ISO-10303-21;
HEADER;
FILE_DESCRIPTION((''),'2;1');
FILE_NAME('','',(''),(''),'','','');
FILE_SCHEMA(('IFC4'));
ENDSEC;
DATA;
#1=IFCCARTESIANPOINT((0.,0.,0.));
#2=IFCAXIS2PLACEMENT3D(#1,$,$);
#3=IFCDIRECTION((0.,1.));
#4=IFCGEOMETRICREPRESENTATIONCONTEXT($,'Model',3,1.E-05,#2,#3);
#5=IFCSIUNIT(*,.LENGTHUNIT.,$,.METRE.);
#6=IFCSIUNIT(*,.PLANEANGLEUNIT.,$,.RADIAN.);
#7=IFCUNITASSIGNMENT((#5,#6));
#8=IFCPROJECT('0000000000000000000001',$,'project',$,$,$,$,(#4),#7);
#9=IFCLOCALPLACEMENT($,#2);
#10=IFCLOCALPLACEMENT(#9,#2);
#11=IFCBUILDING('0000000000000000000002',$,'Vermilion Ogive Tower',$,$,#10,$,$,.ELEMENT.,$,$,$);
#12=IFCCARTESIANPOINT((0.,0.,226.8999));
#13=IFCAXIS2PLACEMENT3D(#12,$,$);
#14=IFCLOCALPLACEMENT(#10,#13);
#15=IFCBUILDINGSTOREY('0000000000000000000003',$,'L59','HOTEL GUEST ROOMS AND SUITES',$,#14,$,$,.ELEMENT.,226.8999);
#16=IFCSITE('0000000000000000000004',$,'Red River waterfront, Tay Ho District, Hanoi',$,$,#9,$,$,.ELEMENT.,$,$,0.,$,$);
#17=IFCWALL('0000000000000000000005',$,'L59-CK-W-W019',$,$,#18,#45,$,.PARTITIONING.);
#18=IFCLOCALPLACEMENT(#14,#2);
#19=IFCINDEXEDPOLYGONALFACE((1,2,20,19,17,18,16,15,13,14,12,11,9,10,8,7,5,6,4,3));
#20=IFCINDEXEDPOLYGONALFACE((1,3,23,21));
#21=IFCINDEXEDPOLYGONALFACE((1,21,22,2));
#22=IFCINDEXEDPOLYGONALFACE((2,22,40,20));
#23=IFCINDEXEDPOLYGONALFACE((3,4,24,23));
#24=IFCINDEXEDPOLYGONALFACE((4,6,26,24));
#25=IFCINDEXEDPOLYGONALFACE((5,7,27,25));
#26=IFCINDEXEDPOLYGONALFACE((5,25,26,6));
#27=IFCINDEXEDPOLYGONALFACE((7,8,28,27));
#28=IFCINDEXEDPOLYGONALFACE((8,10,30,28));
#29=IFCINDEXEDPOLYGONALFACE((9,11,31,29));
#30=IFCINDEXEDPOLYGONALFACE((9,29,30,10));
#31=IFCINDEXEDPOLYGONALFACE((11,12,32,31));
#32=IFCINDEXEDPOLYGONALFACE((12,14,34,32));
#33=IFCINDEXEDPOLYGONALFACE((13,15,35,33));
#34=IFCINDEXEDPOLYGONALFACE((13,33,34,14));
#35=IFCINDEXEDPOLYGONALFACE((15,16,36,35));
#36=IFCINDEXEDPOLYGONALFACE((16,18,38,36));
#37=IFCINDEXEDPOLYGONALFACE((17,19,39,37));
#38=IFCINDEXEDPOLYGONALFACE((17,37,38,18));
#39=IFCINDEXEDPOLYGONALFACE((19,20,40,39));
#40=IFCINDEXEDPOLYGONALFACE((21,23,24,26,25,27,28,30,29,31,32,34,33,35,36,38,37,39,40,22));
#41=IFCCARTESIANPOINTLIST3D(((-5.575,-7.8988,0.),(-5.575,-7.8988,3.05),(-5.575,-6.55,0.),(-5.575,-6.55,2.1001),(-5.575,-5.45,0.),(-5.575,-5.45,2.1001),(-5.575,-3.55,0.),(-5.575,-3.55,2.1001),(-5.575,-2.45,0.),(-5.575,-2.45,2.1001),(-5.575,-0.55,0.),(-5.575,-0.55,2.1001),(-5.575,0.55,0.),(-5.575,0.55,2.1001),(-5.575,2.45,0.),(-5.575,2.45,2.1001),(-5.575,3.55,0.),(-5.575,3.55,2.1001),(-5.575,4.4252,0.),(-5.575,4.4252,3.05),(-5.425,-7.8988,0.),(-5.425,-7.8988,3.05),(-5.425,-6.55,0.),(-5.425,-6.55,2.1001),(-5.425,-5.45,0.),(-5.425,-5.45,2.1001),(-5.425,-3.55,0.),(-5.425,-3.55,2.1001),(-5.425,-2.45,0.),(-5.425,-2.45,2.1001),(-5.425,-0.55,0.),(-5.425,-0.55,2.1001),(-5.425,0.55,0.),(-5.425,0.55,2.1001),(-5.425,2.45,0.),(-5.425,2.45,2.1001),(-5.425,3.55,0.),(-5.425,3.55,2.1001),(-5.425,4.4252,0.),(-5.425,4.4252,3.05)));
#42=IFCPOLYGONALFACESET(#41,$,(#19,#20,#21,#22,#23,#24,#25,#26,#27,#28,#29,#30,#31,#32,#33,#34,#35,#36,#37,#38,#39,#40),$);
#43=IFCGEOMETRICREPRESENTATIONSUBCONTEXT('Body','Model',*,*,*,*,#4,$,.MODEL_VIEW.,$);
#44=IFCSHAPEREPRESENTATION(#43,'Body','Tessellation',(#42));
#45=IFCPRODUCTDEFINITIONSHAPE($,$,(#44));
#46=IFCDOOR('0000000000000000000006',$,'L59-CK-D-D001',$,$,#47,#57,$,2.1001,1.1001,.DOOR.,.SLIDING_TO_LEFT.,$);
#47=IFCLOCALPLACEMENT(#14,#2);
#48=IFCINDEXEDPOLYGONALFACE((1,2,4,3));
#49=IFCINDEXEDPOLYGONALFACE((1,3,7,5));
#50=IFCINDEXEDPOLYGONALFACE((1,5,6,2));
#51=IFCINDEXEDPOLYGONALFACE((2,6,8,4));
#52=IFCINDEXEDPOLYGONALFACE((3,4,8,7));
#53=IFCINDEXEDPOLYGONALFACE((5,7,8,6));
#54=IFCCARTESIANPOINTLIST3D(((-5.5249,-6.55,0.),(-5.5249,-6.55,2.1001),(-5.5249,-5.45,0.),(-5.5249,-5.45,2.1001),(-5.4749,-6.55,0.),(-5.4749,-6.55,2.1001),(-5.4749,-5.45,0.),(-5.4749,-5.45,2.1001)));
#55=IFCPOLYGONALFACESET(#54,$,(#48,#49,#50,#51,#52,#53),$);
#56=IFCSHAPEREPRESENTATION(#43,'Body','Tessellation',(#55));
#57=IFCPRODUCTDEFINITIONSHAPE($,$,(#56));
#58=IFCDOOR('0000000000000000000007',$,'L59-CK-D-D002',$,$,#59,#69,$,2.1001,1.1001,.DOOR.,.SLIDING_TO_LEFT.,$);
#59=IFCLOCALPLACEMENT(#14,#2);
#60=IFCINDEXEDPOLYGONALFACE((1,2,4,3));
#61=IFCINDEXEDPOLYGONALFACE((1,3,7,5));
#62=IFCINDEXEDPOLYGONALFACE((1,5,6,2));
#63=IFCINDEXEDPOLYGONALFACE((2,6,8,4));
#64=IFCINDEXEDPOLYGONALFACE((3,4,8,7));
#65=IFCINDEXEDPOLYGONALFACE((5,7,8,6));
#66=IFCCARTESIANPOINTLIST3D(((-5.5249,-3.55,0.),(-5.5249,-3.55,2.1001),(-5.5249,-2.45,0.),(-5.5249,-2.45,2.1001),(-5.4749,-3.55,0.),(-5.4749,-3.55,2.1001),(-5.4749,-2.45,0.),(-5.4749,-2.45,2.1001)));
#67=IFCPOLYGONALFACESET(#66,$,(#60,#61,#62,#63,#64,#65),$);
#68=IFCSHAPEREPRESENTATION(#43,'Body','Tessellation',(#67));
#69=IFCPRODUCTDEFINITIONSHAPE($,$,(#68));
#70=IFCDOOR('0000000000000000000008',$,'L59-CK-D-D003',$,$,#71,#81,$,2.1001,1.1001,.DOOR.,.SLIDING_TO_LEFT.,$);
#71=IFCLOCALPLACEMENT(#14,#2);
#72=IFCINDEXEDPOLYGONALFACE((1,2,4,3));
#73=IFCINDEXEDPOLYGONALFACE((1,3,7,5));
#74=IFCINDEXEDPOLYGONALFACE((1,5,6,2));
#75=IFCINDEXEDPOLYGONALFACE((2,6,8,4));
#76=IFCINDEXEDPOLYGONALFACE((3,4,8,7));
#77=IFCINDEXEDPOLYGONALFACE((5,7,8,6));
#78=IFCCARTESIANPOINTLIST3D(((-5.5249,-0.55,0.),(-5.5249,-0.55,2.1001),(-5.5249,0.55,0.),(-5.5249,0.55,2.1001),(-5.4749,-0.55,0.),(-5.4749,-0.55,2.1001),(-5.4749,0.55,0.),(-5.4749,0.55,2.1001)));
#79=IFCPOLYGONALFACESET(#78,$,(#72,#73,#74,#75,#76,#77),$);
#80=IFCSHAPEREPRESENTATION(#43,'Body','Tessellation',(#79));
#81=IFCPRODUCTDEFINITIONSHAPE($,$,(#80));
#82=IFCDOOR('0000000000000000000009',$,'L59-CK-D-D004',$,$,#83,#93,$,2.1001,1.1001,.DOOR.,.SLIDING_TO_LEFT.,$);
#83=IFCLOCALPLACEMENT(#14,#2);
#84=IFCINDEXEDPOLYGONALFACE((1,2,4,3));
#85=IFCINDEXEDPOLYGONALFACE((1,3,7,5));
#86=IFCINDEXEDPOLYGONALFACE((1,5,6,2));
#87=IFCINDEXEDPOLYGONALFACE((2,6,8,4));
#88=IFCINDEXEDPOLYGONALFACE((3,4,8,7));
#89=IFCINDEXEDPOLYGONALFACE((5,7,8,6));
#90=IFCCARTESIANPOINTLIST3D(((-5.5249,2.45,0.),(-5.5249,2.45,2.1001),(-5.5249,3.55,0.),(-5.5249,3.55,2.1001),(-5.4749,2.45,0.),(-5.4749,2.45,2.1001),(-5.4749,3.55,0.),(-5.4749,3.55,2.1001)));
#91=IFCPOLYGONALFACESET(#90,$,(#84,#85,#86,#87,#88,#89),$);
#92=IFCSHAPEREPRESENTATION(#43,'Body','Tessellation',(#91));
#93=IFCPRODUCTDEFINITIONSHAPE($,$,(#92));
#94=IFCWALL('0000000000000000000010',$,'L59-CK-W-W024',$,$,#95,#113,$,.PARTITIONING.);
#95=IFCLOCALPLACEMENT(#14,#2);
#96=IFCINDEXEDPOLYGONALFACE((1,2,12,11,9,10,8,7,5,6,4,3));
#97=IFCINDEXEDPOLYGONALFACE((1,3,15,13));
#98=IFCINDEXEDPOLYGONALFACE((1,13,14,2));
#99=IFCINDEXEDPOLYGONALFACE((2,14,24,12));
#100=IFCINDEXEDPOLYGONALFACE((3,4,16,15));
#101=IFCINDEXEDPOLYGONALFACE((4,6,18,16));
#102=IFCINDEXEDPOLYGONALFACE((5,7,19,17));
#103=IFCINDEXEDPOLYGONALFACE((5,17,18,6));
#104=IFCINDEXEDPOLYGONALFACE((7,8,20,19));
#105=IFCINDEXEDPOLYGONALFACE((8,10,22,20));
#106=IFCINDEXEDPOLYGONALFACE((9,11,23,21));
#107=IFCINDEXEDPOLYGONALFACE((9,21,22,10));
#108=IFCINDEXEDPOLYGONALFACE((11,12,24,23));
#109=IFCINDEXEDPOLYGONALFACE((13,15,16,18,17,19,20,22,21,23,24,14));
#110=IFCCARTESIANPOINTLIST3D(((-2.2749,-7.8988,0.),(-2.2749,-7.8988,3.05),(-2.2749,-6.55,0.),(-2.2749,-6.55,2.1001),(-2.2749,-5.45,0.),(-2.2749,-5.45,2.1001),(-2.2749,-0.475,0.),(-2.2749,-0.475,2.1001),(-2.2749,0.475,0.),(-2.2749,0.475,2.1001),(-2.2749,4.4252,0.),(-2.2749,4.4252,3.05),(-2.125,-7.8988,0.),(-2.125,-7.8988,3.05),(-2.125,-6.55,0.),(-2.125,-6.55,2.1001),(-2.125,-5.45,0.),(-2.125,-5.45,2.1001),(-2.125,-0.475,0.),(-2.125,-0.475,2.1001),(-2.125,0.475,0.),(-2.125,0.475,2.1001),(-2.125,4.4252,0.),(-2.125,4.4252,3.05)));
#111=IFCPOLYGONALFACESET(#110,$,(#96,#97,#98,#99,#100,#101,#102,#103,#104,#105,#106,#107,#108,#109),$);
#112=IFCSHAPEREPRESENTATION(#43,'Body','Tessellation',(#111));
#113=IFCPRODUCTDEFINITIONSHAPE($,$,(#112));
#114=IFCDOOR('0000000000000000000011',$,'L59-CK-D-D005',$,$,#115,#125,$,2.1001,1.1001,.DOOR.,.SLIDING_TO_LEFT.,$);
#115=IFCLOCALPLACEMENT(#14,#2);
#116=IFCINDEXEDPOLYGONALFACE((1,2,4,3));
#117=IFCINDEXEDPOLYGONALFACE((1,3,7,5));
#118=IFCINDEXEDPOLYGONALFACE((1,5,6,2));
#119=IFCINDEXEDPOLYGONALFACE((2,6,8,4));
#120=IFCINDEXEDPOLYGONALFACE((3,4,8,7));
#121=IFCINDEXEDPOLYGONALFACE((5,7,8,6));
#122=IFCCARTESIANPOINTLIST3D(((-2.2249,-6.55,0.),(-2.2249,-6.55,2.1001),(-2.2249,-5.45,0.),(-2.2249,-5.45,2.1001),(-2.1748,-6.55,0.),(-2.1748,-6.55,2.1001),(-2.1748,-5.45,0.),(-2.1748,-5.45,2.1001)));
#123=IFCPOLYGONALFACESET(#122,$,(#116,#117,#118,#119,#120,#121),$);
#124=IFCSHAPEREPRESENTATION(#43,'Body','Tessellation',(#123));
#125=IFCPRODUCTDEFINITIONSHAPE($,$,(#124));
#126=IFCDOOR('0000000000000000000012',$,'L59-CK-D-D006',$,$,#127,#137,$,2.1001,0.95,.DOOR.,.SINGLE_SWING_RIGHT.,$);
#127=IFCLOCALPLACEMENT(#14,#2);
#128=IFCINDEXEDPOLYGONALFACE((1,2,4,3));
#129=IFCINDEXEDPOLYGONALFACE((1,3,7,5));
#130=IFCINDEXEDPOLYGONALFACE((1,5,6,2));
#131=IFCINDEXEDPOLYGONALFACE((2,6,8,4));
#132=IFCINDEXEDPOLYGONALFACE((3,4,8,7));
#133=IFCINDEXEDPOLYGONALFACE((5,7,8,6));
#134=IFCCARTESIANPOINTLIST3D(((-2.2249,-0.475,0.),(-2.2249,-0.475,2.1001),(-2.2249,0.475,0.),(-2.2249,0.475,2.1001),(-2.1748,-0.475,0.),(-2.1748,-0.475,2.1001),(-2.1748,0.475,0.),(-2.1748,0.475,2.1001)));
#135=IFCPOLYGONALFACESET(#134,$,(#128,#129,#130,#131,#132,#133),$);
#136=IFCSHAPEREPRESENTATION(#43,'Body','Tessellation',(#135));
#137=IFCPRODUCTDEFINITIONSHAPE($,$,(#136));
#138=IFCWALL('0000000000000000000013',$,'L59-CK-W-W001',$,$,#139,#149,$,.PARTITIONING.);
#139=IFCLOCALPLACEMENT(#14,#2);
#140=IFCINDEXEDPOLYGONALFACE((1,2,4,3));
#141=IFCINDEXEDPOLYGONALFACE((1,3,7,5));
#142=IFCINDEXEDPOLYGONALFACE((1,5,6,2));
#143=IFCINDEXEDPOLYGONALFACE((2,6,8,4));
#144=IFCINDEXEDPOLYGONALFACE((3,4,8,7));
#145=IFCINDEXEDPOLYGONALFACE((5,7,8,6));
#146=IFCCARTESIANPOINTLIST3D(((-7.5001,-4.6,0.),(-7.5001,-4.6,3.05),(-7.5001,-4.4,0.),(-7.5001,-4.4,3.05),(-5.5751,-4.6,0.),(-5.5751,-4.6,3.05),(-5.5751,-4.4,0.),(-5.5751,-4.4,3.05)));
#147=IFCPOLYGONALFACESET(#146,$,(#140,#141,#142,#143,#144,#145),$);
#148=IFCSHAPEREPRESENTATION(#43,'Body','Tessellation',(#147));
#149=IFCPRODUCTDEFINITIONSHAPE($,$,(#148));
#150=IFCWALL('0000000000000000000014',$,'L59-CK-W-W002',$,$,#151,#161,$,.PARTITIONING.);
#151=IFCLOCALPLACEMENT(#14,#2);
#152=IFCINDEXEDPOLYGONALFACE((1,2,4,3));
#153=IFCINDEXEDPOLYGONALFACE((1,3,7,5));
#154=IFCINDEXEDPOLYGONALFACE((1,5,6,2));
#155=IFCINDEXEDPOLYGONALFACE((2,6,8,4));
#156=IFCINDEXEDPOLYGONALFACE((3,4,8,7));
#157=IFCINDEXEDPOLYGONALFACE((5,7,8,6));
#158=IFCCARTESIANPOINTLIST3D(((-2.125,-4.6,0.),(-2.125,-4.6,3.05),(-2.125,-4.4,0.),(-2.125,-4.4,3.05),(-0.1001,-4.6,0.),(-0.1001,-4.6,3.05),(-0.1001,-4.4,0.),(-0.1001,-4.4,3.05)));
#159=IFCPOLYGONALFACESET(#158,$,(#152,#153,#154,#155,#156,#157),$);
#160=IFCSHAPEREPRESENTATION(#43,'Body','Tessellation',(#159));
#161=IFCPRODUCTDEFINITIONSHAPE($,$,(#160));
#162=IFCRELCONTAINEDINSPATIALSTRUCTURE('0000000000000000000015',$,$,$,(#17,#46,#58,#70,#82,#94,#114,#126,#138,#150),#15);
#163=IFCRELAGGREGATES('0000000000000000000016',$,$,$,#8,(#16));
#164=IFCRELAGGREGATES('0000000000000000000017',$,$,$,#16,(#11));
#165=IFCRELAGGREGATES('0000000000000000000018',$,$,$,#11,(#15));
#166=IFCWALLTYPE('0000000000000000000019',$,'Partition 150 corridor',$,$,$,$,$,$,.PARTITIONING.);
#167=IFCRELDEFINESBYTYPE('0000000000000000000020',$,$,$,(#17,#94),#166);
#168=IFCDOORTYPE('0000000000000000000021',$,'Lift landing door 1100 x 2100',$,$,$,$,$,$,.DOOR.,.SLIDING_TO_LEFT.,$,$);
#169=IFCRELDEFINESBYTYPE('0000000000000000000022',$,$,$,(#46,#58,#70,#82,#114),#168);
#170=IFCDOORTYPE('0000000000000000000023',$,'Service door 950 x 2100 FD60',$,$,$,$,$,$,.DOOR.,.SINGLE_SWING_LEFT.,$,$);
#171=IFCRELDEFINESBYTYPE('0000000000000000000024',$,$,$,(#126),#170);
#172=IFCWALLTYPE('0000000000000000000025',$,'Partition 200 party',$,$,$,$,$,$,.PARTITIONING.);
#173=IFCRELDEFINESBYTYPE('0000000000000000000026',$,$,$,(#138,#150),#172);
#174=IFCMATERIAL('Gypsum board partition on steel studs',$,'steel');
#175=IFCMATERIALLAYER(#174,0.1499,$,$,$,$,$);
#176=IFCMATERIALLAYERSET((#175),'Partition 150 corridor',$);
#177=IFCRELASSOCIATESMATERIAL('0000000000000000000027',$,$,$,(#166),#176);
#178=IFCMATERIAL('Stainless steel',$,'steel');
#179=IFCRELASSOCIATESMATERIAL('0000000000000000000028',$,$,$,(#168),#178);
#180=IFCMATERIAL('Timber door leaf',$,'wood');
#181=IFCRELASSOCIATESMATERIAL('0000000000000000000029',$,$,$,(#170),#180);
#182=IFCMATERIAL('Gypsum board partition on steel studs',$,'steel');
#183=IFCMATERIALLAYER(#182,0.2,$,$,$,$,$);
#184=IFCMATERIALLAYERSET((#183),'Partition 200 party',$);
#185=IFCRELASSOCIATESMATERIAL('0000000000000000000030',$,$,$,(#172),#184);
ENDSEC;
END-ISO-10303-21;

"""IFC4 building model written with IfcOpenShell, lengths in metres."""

from ifc_helpers import new_model, si_unit, direction, frame, frame_2d, origin, place, context, subcontext, project, spatial, rectangle, extrude, material, layer, layer_set, type_object, element, fill, save


model = new_model("IFC4")

# Units and contexts
model_context = context("Model", 3, precision=1e-05, world=origin(), true_north=direction((0.0, 1.0)))
body_context = subcontext(model_context, "Body", "Model", "MODEL_VIEW")
ifc_project = project(units=[si_unit("LENGTHUNIT", "METRE"), si_unit("PLANEANGLEUNIT", "RADIAN")], contexts=[model_context])

# Site, building, storey
site_placement = place(None, origin())
site = spatial("IfcSite", under=ifc_project, at=site_placement, Name="Red River waterfront, Tay Ho District, Hanoi", CompositionType="ELEMENT", RefElevation=0.0)
building_placement = place(site_placement, origin())
building = spatial("IfcBuilding", under=site, at=building_placement, Name="Vermilion Ogive Tower", CompositionType="ELEMENT")
storey_placement = place(building_placement, frame((0.0, 0.0, 226.8999)))
storey = spatial("IfcBuildingStorey", under=building, at=storey_placement, Name="L59", Description="HOTEL GUEST ROOMS AND SUITES", CompositionType="ELEMENT", Elevation=226.8999)

# Walls, openings, doors
ifc_material_1 = material(Name="Gypsum board partition on steel studs", Category="steel")
ifc_layer_1 = layer(ifc_material_1, 0.1499)
ifc_layer_set_1 = layer_set([ifc_layer_1], Name="Partition 150 corridor")
wall_type_1 = type_object("IfcWallType", Name="Partition 150 corridor", PredefinedType="PARTITIONING", material=ifc_layer_set_1)
wall_1_placement = place(storey_placement, frame((-5.5, -7.8989, 0.0), z_axis=(0.0, 0.0, 1.0), x_axis=(0.0, 1.0, 0.0)))
wall_1 = element("IfcWall", 1, at=wall_1_placement, inside=storey, type_object=wall_type_1, Name="L59-CK-W-W019", PredefinedType="PARTITIONING", context=body_context, shape_type="SweptSolid", body=[
    extrude(rectangle(XDim=12.324, YDim=0.1499, at=frame_2d((6.1621, 0.0))), origin(), (0.0, 0.0, 1.0), 3.05),
])
opening_1_placement = place(wall_1_placement, frame((1.3489, 0.0, 0.0)))
opening_1 = element("IfcOpeningElement", 2, at=opening_1_placement, cuts=wall_1, PredefinedType="OPENING", context=body_context, shape_type="SweptSolid", body=[
    extrude(rectangle(XDim=1.1001, YDim=2.1001, at=frame_2d((0.55, 1.05))), frame((0.0, 0.085, 0.0), z_axis=(0.0, -1.0, 0.0), x_axis=(1.0, 0.0, 0.0)), (0.0, 0.0, 1.0), 0.1699),
])
opening_2_placement = place(wall_1_placement, frame((4.3489, 0.0, 0.0)))
opening_2 = element("IfcOpeningElement", 3, at=opening_2_placement, cuts=wall_1, PredefinedType="OPENING", context=body_context, shape_type="SweptSolid", body=[
    extrude(rectangle(XDim=1.1001, YDim=2.1001, at=frame_2d((0.55, 1.05))), frame((0.0, 0.085, 0.0), z_axis=(0.0, -1.0, 0.0), x_axis=(1.0, 0.0, 0.0)), (0.0, 0.0, 1.0), 0.1699),
])
opening_3_placement = place(wall_1_placement, frame((7.3489, 0.0, 0.0)))
opening_3 = element("IfcOpeningElement", 4, at=opening_3_placement, cuts=wall_1, PredefinedType="OPENING", context=body_context, shape_type="SweptSolid", body=[
    extrude(rectangle(XDim=1.1001, YDim=2.1001, at=frame_2d((0.55, 1.05))), frame((0.0, 0.085, 0.0), z_axis=(0.0, -1.0, 0.0), x_axis=(1.0, 0.0, 0.0)), (0.0, 0.0, 1.0), 0.1699),
])
opening_4_placement = place(wall_1_placement, frame((10.3489, 0.0, 0.0)))
opening_4 = element("IfcOpeningElement", 5, at=opening_4_placement, cuts=wall_1, PredefinedType="OPENING", context=body_context, shape_type="SweptSolid", body=[
    extrude(rectangle(XDim=1.1001, YDim=2.1001, at=frame_2d((0.55, 1.05))), frame((0.0, 0.085, 0.0), z_axis=(0.0, -1.0, 0.0), x_axis=(1.0, 0.0, 0.0)), (0.0, 0.0, 1.0), 0.1699),
])
ifc_material_2 = material(Name="Stainless steel", Category="steel")
door_type_1 = type_object("IfcDoorType", Name="Lift landing door 1100 x 2100", OperationType="SLIDING_TO_LEFT", PredefinedType="DOOR", material=ifc_material_2)
door_1_placement = place(opening_1_placement, origin())
door_1 = element("IfcDoor", 6, at=door_1_placement, inside=storey, type_object=door_type_1, Name="L59-CK-D-D001", OperationType="SLIDING_TO_LEFT", OverallHeight=2.1001, OverallWidth=1.1001, PredefinedType="DOOR", context=body_context, shape_type="SweptSolid", body=[
    extrude(rectangle(XDim=1.1001, YDim=2.1001, at=frame_2d((0.55, 1.05))), frame((0.0, 0.0249, 0.0), z_axis=(0.0, -1.0, 0.0), x_axis=(1.0, 0.0, 0.0)), (0.0, 0.0, 1.0), 0.05),
])
fill(opening_1, door_1)
door_2_placement = place(opening_2_placement, origin())
door_2 = element("IfcDoor", 7, at=door_2_placement, inside=storey, type_object=door_type_1, Name="L59-CK-D-D002", OperationType="SLIDING_TO_LEFT", OverallHeight=2.1001, OverallWidth=1.1001, PredefinedType="DOOR", context=body_context, shape_type="SweptSolid", body=[
    extrude(rectangle(XDim=1.1001, YDim=2.1001, at=frame_2d((0.55, 1.05))), frame((0.0, 0.0249, 0.0), z_axis=(0.0, -1.0, 0.0), x_axis=(1.0, 0.0, 0.0)), (0.0, 0.0, 1.0), 0.05),
])
fill(opening_2, door_2)
door_3_placement = place(opening_3_placement, origin())
door_3 = element("IfcDoor", 8, at=door_3_placement, inside=storey, type_object=door_type_1, Name="L59-CK-D-D003", OperationType="SLIDING_TO_LEFT", OverallHeight=2.1001, OverallWidth=1.1001, PredefinedType="DOOR", context=body_context, shape_type="SweptSolid", body=[
    extrude(rectangle(XDim=1.1001, YDim=2.1001, at=frame_2d((0.55, 1.05))), frame((0.0, 0.0249, 0.0), z_axis=(0.0, -1.0, 0.0), x_axis=(1.0, 0.0, 0.0)), (0.0, 0.0, 1.0), 0.05),
])
fill(opening_3, door_3)
door_4_placement = place(opening_4_placement, origin())
door_4 = element("IfcDoor", 9, at=door_4_placement, inside=storey, type_object=door_type_1, Name="L59-CK-D-D004", OperationType="SLIDING_TO_LEFT", OverallHeight=2.1001, OverallWidth=1.1001, PredefinedType="DOOR", context=body_context, shape_type="SweptSolid", body=[
    extrude(rectangle(XDim=1.1001, YDim=2.1001, at=frame_2d((0.55, 1.05))), frame((0.0, 0.0249, 0.0), z_axis=(0.0, -1.0, 0.0), x_axis=(1.0, 0.0, 0.0)), (0.0, 0.0, 1.0), 0.05),
])
fill(opening_4, door_4)
wall_2_placement = place(storey_placement, frame((-2.2, -7.8989, 0.0), z_axis=(0.0, 0.0, 1.0), x_axis=(0.0, 1.0, 0.0)))
wall_2 = element("IfcWall", 10, at=wall_2_placement, inside=storey, type_object=wall_type_1, Name="L59-CK-W-W024", PredefinedType="PARTITIONING", context=body_context, shape_type="SweptSolid", body=[
    extrude(rectangle(XDim=12.324, YDim=0.1499, at=frame_2d((6.1621, 0.0))), origin(), (0.0, 0.0, 1.0), 3.05),
])
opening_5_placement = place(wall_2_placement, frame((1.3489, 0.0, 0.0)))
opening_5 = element("IfcOpeningElement", 11, at=opening_5_placement, cuts=wall_2, PredefinedType="OPENING", context=body_context, shape_type="SweptSolid", body=[
    extrude(rectangle(XDim=1.1001, YDim=2.1001, at=frame_2d((0.55, 1.05))), frame((0.0, 0.085, 0.0), z_axis=(0.0, -1.0, 0.0), x_axis=(1.0, 0.0, 0.0)), (0.0, 0.0, 1.0), 0.1699),
])
opening_6_placement = place(wall_2_placement, frame((7.4238, 0.0, 0.0)))
opening_6 = element("IfcOpeningElement", 12, at=opening_6_placement, cuts=wall_2, PredefinedType="OPENING", context=body_context, shape_type="SweptSolid", body=[
    extrude(rectangle(XDim=0.95, YDim=2.1001, at=frame_2d((0.4751, 1.05))), frame((0.0, 0.085, 0.0), z_axis=(0.0, -1.0, 0.0), x_axis=(1.0, 0.0, 0.0)), (0.0, 0.0, 1.0), 0.1699),
])
door_5_placement = place(opening_5_placement, origin())
door_5 = element("IfcDoor", 13, at=door_5_placement, inside=storey, type_object=door_type_1, Name="L59-CK-D-D005", OperationType="SLIDING_TO_LEFT", OverallHeight=2.1001, OverallWidth=1.1001, PredefinedType="DOOR", context=body_context, shape_type="SweptSolid", body=[
    extrude(rectangle(XDim=1.1001, YDim=2.1001, at=frame_2d((0.55, 1.05))), frame((0.0, 0.0249, 0.0), z_axis=(0.0, -1.0, 0.0), x_axis=(1.0, 0.0, 0.0)), (0.0, 0.0, 1.0), 0.05),
])
fill(opening_5, door_5)
ifc_material_3 = material(Name="Timber door leaf", Category="wood")
door_type_2 = type_object("IfcDoorType", Name="Service door 950 x 2100 FD60", OperationType="SINGLE_SWING_LEFT", PredefinedType="DOOR", material=ifc_material_3)
door_6_placement = place(opening_6_placement, origin())
door_6 = element("IfcDoor", 14, at=door_6_placement, inside=storey, type_object=door_type_2, Name="L59-CK-D-D006", OperationType="SINGLE_SWING_RIGHT", OverallHeight=2.1001, OverallWidth=0.95, PredefinedType="DOOR", context=body_context, shape_type="SweptSolid", body=[
    extrude(rectangle(XDim=0.95, YDim=2.1001, at=frame_2d((0.4751, 1.05))), frame((0.0, 0.0249, 0.0), z_axis=(0.0, -1.0, 0.0), x_axis=(1.0, 0.0, 0.0)), (0.0, 0.0, 1.0), 0.05),
])
fill(opening_6, door_6)

# Walls
ifc_material_4 = material(Name="Gypsum board partition on steel studs", Category="steel")
ifc_layer_2 = layer(ifc_material_4, 0.2)
ifc_layer_set_2 = layer_set([ifc_layer_2], Name="Partition 200 party")
wall_type_2 = type_object("IfcWallType", Name="Partition 200 party", PredefinedType="PARTITIONING", material=ifc_layer_set_2)
wall_3_placement = place(storey_placement, frame((-7.5, -4.5, 0.0), z_axis=(0.0, 0.0, 1.0), x_axis=(1.0, 0.0, 0.0)))
element("IfcWall", 15, at=wall_3_placement, inside=storey, type_object=wall_type_2, Name="L59-CK-W-W001", PredefinedType="PARTITIONING", context=body_context, shape_type="SweptSolid", body=[
    extrude(rectangle(XDim=1.925, YDim=0.2, at=frame_2d((0.9624, 0.0))), origin(), (0.0, 0.0, 1.0), 3.05),
])
wall_4_placement = place(storey_placement, frame((-2.125, -4.5, 0.0), z_axis=(0.0, 0.0, 1.0), x_axis=(1.0, 0.0, 0.0)))
element("IfcWall", 16, at=wall_4_placement, inside=storey, type_object=wall_type_2, Name="L59-CK-W-W002", PredefinedType="PARTITIONING", context=body_context, shape_type="SweptSolid", body=[
    extrude(rectangle(XDim=2.0249, YDim=0.2, at=frame_2d((1.0125, 0.0))), origin(), (0.0, 0.0, 1.0), 3.05),
])

save(model, "model.ifc")
